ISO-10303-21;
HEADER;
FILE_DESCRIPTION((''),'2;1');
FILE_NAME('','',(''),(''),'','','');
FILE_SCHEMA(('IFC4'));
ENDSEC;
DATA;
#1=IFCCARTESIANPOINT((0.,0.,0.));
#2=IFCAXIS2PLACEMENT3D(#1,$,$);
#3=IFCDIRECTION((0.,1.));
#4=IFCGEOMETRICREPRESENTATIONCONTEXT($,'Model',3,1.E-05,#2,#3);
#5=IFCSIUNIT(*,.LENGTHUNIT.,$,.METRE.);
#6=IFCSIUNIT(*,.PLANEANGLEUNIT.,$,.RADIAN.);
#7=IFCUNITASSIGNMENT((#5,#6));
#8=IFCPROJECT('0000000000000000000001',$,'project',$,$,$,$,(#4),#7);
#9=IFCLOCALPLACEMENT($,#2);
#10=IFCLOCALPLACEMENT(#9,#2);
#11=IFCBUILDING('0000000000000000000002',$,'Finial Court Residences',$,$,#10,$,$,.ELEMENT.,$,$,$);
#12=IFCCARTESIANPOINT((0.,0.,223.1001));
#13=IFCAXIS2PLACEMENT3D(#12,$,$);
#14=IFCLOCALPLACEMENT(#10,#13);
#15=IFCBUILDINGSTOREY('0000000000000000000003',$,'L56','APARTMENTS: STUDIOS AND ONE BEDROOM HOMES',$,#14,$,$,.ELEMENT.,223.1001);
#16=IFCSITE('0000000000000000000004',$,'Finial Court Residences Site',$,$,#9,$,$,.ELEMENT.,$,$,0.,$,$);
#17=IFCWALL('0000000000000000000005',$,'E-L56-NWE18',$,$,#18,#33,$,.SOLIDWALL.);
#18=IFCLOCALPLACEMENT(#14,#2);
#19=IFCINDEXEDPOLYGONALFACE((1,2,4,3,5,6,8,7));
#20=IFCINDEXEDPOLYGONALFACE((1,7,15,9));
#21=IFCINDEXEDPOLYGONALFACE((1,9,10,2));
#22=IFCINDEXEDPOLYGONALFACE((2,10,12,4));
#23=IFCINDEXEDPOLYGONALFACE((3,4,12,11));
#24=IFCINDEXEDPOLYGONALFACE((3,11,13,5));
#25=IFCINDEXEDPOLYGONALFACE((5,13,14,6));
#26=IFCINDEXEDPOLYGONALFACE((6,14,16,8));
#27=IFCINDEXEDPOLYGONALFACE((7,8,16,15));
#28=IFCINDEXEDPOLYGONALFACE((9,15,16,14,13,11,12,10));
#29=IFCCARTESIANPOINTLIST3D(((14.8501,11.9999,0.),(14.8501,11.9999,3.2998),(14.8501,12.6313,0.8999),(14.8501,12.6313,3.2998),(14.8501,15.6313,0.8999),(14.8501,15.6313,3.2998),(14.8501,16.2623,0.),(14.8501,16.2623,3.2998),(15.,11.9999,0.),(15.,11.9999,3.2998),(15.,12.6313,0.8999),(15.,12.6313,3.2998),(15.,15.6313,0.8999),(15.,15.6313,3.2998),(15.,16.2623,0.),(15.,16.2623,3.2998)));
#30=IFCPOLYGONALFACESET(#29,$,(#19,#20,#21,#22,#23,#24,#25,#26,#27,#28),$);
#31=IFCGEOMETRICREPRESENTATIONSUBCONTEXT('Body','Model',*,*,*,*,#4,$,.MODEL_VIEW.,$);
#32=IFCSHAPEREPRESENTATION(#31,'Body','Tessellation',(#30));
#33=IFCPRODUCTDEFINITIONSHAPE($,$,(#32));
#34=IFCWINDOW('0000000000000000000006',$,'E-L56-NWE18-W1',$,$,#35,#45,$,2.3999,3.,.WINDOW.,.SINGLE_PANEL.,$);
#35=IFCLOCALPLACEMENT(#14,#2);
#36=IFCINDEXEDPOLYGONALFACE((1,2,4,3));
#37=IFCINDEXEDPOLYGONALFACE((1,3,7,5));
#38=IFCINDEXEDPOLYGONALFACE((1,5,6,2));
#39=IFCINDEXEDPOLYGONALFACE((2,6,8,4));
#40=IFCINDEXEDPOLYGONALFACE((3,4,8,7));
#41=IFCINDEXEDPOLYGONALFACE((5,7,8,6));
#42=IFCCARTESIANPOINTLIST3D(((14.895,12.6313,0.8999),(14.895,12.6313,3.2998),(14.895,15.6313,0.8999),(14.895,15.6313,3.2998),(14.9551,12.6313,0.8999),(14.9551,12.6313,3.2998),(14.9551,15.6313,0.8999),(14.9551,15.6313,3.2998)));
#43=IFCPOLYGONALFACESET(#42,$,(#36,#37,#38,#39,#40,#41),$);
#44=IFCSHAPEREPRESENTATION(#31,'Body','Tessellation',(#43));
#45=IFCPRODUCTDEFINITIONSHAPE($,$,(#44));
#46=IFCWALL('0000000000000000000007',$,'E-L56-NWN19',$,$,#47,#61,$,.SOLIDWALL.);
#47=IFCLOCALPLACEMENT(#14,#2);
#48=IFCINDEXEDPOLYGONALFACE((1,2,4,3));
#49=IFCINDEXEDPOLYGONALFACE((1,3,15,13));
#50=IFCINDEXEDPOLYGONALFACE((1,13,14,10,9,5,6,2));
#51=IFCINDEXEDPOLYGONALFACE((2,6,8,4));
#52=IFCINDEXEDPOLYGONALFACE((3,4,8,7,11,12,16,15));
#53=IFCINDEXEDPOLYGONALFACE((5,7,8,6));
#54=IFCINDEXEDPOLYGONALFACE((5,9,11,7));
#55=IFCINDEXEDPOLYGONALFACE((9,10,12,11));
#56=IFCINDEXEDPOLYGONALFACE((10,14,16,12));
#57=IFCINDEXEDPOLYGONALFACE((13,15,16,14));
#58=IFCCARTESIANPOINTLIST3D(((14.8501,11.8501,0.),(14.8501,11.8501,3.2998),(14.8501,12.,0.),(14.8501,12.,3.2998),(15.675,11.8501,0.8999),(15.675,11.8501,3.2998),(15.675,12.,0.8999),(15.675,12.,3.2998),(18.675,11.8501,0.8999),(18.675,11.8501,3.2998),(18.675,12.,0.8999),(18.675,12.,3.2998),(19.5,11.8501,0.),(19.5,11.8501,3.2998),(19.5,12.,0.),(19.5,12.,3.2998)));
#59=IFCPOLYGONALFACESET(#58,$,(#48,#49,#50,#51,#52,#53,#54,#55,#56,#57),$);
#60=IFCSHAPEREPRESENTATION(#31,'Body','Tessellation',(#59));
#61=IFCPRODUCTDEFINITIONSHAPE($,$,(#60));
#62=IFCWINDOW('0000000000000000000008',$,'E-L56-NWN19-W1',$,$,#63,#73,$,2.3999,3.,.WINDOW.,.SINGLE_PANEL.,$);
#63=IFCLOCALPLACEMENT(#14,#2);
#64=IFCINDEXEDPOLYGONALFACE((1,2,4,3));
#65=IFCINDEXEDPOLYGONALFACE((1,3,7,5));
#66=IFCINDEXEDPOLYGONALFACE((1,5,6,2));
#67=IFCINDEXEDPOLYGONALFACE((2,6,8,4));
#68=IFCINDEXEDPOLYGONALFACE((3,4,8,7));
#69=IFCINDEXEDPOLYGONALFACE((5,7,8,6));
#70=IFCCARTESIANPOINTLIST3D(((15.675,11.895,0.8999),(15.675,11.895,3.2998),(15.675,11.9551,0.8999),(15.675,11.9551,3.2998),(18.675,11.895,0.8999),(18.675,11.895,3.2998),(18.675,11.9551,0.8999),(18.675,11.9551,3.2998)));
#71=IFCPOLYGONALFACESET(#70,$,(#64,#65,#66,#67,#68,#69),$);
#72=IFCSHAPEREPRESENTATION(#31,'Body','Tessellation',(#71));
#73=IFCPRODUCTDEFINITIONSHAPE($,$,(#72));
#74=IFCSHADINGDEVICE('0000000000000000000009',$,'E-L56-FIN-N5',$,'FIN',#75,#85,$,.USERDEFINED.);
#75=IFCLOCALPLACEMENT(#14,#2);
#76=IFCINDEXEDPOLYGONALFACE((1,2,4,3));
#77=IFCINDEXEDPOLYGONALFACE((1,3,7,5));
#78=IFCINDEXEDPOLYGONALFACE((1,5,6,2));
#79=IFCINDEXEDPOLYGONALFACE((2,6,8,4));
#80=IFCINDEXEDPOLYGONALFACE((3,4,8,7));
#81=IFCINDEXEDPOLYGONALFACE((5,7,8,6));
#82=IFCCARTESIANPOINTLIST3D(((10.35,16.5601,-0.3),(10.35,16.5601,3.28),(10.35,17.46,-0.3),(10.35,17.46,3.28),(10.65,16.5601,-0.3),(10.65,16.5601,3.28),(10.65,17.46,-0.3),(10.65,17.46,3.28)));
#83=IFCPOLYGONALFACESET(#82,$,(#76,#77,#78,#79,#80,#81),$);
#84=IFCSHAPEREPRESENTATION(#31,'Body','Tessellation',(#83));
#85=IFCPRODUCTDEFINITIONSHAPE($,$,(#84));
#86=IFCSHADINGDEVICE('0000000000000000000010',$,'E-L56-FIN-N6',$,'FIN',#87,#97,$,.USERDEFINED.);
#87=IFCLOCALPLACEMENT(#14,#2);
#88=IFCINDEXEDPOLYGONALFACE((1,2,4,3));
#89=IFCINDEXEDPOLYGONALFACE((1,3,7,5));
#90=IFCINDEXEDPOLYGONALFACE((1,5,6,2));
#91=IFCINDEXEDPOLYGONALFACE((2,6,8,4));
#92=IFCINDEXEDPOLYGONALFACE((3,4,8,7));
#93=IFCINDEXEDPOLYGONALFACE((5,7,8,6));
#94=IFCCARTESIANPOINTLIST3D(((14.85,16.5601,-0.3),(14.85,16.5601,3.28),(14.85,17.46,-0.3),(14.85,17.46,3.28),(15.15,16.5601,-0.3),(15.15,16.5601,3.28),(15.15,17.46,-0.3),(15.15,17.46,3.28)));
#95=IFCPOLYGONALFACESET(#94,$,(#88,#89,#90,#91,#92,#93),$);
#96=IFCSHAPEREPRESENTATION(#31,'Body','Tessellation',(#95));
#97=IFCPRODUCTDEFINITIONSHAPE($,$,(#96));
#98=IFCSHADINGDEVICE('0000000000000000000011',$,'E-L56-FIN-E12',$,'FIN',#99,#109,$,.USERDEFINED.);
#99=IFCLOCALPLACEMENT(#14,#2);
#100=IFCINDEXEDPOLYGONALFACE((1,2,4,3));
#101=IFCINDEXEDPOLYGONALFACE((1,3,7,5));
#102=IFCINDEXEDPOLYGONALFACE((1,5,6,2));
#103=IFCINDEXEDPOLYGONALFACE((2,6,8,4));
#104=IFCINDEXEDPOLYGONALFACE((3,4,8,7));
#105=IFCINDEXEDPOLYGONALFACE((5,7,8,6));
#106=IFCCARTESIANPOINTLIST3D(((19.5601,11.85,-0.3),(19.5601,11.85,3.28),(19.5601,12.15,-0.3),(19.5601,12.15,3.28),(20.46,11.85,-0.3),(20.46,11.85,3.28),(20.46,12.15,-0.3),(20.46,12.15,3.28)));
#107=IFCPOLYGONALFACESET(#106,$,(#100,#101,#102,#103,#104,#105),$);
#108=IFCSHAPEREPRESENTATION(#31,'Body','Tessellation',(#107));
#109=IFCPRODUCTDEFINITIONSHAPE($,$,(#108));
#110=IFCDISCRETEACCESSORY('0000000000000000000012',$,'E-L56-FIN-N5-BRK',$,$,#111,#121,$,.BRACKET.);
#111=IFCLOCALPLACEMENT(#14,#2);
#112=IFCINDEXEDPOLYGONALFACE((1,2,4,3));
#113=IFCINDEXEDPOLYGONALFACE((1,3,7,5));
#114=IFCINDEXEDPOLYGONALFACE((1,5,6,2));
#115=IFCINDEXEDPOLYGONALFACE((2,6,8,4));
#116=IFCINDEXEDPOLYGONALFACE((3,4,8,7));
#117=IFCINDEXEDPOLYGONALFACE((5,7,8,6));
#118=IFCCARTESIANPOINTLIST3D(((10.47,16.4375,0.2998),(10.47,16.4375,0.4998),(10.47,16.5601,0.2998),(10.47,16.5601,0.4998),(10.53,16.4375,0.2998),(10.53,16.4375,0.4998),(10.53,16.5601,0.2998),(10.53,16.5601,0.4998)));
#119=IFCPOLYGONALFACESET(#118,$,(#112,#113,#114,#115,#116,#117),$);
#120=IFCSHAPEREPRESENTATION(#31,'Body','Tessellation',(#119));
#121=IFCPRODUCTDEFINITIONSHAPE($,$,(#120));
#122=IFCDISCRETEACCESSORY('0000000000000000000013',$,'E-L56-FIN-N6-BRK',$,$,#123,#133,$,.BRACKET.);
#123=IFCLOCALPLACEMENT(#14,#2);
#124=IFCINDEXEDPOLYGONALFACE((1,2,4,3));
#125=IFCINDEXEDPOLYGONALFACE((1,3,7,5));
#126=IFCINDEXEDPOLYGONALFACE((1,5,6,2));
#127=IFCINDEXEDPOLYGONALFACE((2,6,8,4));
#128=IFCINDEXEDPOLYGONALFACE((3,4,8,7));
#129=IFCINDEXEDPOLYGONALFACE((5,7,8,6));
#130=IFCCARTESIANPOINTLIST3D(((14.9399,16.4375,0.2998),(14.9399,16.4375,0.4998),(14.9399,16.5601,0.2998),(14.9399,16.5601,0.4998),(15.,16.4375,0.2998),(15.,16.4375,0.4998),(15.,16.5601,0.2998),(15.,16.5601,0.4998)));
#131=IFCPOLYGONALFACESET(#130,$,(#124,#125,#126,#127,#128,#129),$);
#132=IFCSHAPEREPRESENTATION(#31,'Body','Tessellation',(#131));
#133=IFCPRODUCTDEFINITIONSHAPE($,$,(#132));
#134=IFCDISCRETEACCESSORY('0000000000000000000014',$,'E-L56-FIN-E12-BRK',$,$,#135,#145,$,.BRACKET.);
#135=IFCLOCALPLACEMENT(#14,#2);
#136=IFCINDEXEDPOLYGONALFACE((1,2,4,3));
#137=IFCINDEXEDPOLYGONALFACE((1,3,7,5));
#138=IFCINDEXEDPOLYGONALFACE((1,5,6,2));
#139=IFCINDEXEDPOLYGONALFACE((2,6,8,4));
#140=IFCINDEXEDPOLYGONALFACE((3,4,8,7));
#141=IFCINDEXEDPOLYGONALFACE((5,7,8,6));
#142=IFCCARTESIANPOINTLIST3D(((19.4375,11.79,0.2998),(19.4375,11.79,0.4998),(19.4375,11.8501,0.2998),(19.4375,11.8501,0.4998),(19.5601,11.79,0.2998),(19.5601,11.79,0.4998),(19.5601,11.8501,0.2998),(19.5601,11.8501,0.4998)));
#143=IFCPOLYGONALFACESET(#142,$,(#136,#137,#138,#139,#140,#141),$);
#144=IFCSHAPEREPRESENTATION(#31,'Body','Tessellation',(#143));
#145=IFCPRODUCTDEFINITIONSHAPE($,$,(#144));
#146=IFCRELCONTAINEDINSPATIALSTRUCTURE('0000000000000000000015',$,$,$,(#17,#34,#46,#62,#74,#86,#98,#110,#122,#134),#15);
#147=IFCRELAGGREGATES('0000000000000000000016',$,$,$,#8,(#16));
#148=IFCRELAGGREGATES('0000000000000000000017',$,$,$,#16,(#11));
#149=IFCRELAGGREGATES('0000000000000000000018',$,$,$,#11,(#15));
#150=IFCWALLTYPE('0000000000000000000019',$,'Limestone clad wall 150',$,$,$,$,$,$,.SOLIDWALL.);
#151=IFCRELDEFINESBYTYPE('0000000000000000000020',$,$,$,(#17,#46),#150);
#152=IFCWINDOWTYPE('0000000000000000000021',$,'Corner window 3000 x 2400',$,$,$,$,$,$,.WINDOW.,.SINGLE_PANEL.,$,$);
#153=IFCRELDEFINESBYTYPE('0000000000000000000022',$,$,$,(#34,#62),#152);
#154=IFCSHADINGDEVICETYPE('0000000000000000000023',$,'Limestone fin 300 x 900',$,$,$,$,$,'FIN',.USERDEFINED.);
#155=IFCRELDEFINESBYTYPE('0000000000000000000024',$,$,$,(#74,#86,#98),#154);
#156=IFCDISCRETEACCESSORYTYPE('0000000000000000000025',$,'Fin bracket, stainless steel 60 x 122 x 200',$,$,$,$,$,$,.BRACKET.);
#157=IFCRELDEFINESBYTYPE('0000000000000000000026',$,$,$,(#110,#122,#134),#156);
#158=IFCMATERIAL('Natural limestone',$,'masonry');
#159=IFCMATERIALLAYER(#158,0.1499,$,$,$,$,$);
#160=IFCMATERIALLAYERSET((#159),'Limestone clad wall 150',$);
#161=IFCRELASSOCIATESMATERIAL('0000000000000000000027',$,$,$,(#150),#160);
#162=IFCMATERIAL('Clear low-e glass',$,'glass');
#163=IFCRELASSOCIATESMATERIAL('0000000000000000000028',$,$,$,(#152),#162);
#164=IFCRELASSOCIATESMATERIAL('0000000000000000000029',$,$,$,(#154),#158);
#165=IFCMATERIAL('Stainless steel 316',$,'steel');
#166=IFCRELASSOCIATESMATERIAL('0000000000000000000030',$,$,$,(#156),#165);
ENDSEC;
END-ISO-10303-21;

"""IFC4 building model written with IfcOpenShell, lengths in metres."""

from ifc_helpers import new_model, si_unit, direction, frame, frame_2d, origin, origin_2d, place, context, subcontext, project, spatial, rectangle, extrude, material, layer, layer_set, type_object, element, fill, save


model = new_model("IFC4")

# Units and contexts
model_context = context("Model", 3, precision=1e-05, world=origin(), true_north=direction((0.0, 1.0)))
body_context = subcontext(model_context, "Body", "Model", "MODEL_VIEW")
ifc_project = project(units=[si_unit("LENGTHUNIT", "METRE"), si_unit("PLANEANGLEUNIT", "RADIAN")], contexts=[model_context])

# Site, building, storey
site_placement = place(None, origin())
site = spatial("IfcSite", under=ifc_project, at=site_placement, Name="Finial Court Residences Site", CompositionType="ELEMENT", RefElevation=0.0)
building_placement = place(site_placement, origin())
building = spatial("IfcBuilding", under=site, at=building_placement, Name="Finial Court Residences", CompositionType="ELEMENT")
storey_placement = place(building_placement, frame((0.0, 0.0, 223.1001)))
storey = spatial("IfcBuildingStorey", under=building, at=storey_placement, Name="L56", Description="APARTMENTS: STUDIOS AND ONE BEDROOM HOMES", CompositionType="ELEMENT", Elevation=223.1001)

# Shared definitions
ifc_material_1 = material(Name="Clear low-e glass", Category="glass")

# Walls, openings, windows
ifc_material_2 = material(Name="Natural limestone", Category="masonry")
ifc_layer_1 = layer(ifc_material_2, 0.1499)
ifc_layer_set_1 = layer_set([ifc_layer_1], Name="Limestone clad wall 150")
wall_type_1 = type_object("IfcWallType", Name="Limestone clad wall 150", PredefinedType="SOLIDWALL", material=ifc_layer_set_1)
wall_1_placement = place(storey_placement, frame((14.925, 16.2625, 0.0), z_axis=(0.0, 0.0, 1.0), x_axis=(0.0, -1.0, 0.0)))
wall_1 = element("IfcWall", 1, at=wall_1_placement, inside=storey, type_object=wall_type_1, Name="E-L56-NWE18", PredefinedType="SOLIDWALL", context=body_context, shape_type="SweptSolid", body=[
    extrude(rectangle(XDim=4.2625, YDim=0.1499, at=frame_2d((2.1313, 0.0))), origin(), (0.0, 0.0, 1.0), 3.2998),
])
opening_1_placement = place(wall_1_placement, frame((0.6311, 0.0, 0.8999)))
opening_1 = element("IfcOpeningElement", 2, at=opening_1_placement, cuts=wall_1, PredefinedType="OPENING", context=body_context, shape_type="SweptSolid", body=[
    extrude(rectangle(XDim=3.0, YDim=2.3999, at=frame_2d((1.5, 1.2))), frame((0.0, 0.085, 0.0), z_axis=(0.0, -1.0, 0.0), x_axis=(1.0, 0.0, 0.0)), (0.0, 0.0, 1.0), 0.1699),
])
window_type = type_object("IfcWindowType", Name="Corner window 3000 x 2400", PartitioningType="SINGLE_PANEL", PredefinedType="WINDOW", material=ifc_material_1)
window_1_placement = place(opening_1_placement, origin())
window_1 = element("IfcWindow", 3, at=window_1_placement, inside=storey, type_object=window_type, Name="E-L56-NWE18-W1", OverallHeight=2.3999, OverallWidth=3.0, PartitioningType="SINGLE_PANEL", PredefinedType="WINDOW", context=body_context, shape_type="SweptSolid", body=[
    extrude(rectangle(XDim=3.0, YDim=2.3999, at=frame_2d((1.5, 1.2))), frame((0.0, 0.03, 0.0), z_axis=(0.0, -1.0, 0.0), x_axis=(1.0, 0.0, 0.0)), (0.0, 0.0, 1.0), 0.0601),
])
fill(opening_1, window_1)
wall_2_placement = place(storey_placement, frame((14.8501, 11.925, 0.0), z_axis=(0.0, 0.0, 1.0), x_axis=(1.0, 0.0, 0.0)))
wall_2 = element("IfcWall", 4, at=wall_2_placement, inside=storey, type_object=wall_type_1, Name="E-L56-NWN19", PredefinedType="SOLIDWALL", context=body_context, shape_type="SweptSolid", body=[
    extrude(rectangle(XDim=4.6499, YDim=0.1499, at=frame_2d((2.325, 0.0))), origin(), (0.0, 0.0, 1.0), 3.2998),
])
opening_2_placement = place(wall_2_placement, frame((0.825, 0.0, 0.8999)))
opening_2 = element("IfcOpeningElement", 5, at=opening_2_placement, cuts=wall_2, PredefinedType="OPENING", context=body_context, shape_type="SweptSolid", body=[
    extrude(rectangle(XDim=3.0, YDim=2.3999, at=frame_2d((1.5, 1.2))), frame((0.0, 0.085, 0.0), z_axis=(0.0, -1.0, 0.0), x_axis=(1.0, 0.0, 0.0)), (0.0, 0.0, 1.0), 0.1699),
])
window_2_placement = place(opening_2_placement, origin())
window_2 = element("IfcWindow", 6, at=window_2_placement, inside=storey, type_object=window_type, Name="E-L56-NWN19-W1", OverallHeight=2.3999, OverallWidth=3.0, PartitioningType="SINGLE_PANEL", PredefinedType="WINDOW", context=body_context, shape_type="SweptSolid", body=[
    extrude(rectangle(XDim=3.0, YDim=2.3999, at=frame_2d((1.5, 1.2))), frame((0.0, 0.03, 0.0), z_axis=(0.0, -1.0, 0.0), x_axis=(1.0, 0.0, 0.0)), (0.0, 0.0, 1.0), 0.0601),
])
fill(opening_2, window_2)

# Shading devices
shading_device_type = type_object("IfcShadingDeviceType", Name="Limestone fin 300 x 900", ElementType="FIN", PredefinedType="USERDEFINED", material=ifc_material_2)
for number, where, z_axis, x_axis, name in (
    (7, (10.5, 17.01, -0.3), (0.0, 0.0, 1.0), (1.0, 0.0, 0.0), "E-L56-FIN-N5"),
    (8, (15.0, 17.01, -0.3), (0.0, 0.0, 1.0), (1.0, 0.0, 0.0), "E-L56-FIN-N6"),
):
    element("IfcShadingDevice", number, at=place(storey_placement, frame(where, z_axis=z_axis, x_axis=x_axis)), inside=storey, type_object=shading_device_type, Name=name, ObjectType="FIN", PredefinedType="USERDEFINED", context=body_context, shape_type="SweptSolid", body=[
        extrude(rectangle(XDim=0.3, YDim=0.8999, at=origin_2d()), origin(), (0.0, 0.0, 1.0), 3.5801),
    ])
shading_device_placement = place(storey_placement, frame((20.01, 12.0, -0.3), z_axis=(0.0, 0.0, 1.0), x_axis=(1.0, 0.0, 0.0)))
element("IfcShadingDevice", 9, at=shading_device_placement, inside=storey, type_object=shading_device_type, Name="E-L56-FIN-E12", ObjectType="FIN", PredefinedType="USERDEFINED", context=body_context, shape_type="SweptSolid", body=[
    extrude(rectangle(XDim=0.8999, YDim=0.3, at=origin_2d()), origin(), (0.0, 0.0, 1.0), 3.5801),
])

# Discrete accessories
ifc_material_3 = material(Name="Stainless steel 316", Category="steel")
discrete_accessory_type = type_object("IfcDiscreteAccessoryType", Name="Fin bracket, stainless steel 60 x 122 x 200", PredefinedType="BRACKET", material=ifc_material_3)
for number, where, z_axis, x_axis, name in (
    (10, (10.5, 16.4988, 0.2998), (0.0, 0.0, 1.0), (1.0, 0.0, 0.0), "E-L56-FIN-N5-BRK"),
    (11, (14.97, 16.4988, 0.2998), (0.0, 0.0, 1.0), (1.0, 0.0, 0.0), "E-L56-FIN-N6-BRK"),
):
    element("IfcDiscreteAccessory", number, at=place(storey_placement, frame(where, z_axis=z_axis, x_axis=x_axis)), inside=storey, type_object=discrete_accessory_type, Name=name, PredefinedType="BRACKET", context=body_context, shape_type="SweptSolid", body=[
        extrude(rectangle(XDim=0.0601, YDim=0.1226, at=origin_2d()), origin(), (0.0, 0.0, 1.0), 0.2),
    ])
discrete_accessory_placement = place(storey_placement, frame((19.4988, 11.8201, 0.2998), z_axis=(0.0, 0.0, 1.0), x_axis=(1.0, 0.0, 0.0)))
element("IfcDiscreteAccessory", 12, at=discrete_accessory_placement, inside=storey, type_object=discrete_accessory_type, Name="E-L56-FIN-E12-BRK", PredefinedType="BRACKET", context=body_context, shape_type="SweptSolid", body=[
    extrude(rectangle(XDim=0.1226, YDim=0.0601, at=origin_2d()), origin(), (0.0, 0.0, 1.0), 0.2),
])

save(model, "model.ifc")
